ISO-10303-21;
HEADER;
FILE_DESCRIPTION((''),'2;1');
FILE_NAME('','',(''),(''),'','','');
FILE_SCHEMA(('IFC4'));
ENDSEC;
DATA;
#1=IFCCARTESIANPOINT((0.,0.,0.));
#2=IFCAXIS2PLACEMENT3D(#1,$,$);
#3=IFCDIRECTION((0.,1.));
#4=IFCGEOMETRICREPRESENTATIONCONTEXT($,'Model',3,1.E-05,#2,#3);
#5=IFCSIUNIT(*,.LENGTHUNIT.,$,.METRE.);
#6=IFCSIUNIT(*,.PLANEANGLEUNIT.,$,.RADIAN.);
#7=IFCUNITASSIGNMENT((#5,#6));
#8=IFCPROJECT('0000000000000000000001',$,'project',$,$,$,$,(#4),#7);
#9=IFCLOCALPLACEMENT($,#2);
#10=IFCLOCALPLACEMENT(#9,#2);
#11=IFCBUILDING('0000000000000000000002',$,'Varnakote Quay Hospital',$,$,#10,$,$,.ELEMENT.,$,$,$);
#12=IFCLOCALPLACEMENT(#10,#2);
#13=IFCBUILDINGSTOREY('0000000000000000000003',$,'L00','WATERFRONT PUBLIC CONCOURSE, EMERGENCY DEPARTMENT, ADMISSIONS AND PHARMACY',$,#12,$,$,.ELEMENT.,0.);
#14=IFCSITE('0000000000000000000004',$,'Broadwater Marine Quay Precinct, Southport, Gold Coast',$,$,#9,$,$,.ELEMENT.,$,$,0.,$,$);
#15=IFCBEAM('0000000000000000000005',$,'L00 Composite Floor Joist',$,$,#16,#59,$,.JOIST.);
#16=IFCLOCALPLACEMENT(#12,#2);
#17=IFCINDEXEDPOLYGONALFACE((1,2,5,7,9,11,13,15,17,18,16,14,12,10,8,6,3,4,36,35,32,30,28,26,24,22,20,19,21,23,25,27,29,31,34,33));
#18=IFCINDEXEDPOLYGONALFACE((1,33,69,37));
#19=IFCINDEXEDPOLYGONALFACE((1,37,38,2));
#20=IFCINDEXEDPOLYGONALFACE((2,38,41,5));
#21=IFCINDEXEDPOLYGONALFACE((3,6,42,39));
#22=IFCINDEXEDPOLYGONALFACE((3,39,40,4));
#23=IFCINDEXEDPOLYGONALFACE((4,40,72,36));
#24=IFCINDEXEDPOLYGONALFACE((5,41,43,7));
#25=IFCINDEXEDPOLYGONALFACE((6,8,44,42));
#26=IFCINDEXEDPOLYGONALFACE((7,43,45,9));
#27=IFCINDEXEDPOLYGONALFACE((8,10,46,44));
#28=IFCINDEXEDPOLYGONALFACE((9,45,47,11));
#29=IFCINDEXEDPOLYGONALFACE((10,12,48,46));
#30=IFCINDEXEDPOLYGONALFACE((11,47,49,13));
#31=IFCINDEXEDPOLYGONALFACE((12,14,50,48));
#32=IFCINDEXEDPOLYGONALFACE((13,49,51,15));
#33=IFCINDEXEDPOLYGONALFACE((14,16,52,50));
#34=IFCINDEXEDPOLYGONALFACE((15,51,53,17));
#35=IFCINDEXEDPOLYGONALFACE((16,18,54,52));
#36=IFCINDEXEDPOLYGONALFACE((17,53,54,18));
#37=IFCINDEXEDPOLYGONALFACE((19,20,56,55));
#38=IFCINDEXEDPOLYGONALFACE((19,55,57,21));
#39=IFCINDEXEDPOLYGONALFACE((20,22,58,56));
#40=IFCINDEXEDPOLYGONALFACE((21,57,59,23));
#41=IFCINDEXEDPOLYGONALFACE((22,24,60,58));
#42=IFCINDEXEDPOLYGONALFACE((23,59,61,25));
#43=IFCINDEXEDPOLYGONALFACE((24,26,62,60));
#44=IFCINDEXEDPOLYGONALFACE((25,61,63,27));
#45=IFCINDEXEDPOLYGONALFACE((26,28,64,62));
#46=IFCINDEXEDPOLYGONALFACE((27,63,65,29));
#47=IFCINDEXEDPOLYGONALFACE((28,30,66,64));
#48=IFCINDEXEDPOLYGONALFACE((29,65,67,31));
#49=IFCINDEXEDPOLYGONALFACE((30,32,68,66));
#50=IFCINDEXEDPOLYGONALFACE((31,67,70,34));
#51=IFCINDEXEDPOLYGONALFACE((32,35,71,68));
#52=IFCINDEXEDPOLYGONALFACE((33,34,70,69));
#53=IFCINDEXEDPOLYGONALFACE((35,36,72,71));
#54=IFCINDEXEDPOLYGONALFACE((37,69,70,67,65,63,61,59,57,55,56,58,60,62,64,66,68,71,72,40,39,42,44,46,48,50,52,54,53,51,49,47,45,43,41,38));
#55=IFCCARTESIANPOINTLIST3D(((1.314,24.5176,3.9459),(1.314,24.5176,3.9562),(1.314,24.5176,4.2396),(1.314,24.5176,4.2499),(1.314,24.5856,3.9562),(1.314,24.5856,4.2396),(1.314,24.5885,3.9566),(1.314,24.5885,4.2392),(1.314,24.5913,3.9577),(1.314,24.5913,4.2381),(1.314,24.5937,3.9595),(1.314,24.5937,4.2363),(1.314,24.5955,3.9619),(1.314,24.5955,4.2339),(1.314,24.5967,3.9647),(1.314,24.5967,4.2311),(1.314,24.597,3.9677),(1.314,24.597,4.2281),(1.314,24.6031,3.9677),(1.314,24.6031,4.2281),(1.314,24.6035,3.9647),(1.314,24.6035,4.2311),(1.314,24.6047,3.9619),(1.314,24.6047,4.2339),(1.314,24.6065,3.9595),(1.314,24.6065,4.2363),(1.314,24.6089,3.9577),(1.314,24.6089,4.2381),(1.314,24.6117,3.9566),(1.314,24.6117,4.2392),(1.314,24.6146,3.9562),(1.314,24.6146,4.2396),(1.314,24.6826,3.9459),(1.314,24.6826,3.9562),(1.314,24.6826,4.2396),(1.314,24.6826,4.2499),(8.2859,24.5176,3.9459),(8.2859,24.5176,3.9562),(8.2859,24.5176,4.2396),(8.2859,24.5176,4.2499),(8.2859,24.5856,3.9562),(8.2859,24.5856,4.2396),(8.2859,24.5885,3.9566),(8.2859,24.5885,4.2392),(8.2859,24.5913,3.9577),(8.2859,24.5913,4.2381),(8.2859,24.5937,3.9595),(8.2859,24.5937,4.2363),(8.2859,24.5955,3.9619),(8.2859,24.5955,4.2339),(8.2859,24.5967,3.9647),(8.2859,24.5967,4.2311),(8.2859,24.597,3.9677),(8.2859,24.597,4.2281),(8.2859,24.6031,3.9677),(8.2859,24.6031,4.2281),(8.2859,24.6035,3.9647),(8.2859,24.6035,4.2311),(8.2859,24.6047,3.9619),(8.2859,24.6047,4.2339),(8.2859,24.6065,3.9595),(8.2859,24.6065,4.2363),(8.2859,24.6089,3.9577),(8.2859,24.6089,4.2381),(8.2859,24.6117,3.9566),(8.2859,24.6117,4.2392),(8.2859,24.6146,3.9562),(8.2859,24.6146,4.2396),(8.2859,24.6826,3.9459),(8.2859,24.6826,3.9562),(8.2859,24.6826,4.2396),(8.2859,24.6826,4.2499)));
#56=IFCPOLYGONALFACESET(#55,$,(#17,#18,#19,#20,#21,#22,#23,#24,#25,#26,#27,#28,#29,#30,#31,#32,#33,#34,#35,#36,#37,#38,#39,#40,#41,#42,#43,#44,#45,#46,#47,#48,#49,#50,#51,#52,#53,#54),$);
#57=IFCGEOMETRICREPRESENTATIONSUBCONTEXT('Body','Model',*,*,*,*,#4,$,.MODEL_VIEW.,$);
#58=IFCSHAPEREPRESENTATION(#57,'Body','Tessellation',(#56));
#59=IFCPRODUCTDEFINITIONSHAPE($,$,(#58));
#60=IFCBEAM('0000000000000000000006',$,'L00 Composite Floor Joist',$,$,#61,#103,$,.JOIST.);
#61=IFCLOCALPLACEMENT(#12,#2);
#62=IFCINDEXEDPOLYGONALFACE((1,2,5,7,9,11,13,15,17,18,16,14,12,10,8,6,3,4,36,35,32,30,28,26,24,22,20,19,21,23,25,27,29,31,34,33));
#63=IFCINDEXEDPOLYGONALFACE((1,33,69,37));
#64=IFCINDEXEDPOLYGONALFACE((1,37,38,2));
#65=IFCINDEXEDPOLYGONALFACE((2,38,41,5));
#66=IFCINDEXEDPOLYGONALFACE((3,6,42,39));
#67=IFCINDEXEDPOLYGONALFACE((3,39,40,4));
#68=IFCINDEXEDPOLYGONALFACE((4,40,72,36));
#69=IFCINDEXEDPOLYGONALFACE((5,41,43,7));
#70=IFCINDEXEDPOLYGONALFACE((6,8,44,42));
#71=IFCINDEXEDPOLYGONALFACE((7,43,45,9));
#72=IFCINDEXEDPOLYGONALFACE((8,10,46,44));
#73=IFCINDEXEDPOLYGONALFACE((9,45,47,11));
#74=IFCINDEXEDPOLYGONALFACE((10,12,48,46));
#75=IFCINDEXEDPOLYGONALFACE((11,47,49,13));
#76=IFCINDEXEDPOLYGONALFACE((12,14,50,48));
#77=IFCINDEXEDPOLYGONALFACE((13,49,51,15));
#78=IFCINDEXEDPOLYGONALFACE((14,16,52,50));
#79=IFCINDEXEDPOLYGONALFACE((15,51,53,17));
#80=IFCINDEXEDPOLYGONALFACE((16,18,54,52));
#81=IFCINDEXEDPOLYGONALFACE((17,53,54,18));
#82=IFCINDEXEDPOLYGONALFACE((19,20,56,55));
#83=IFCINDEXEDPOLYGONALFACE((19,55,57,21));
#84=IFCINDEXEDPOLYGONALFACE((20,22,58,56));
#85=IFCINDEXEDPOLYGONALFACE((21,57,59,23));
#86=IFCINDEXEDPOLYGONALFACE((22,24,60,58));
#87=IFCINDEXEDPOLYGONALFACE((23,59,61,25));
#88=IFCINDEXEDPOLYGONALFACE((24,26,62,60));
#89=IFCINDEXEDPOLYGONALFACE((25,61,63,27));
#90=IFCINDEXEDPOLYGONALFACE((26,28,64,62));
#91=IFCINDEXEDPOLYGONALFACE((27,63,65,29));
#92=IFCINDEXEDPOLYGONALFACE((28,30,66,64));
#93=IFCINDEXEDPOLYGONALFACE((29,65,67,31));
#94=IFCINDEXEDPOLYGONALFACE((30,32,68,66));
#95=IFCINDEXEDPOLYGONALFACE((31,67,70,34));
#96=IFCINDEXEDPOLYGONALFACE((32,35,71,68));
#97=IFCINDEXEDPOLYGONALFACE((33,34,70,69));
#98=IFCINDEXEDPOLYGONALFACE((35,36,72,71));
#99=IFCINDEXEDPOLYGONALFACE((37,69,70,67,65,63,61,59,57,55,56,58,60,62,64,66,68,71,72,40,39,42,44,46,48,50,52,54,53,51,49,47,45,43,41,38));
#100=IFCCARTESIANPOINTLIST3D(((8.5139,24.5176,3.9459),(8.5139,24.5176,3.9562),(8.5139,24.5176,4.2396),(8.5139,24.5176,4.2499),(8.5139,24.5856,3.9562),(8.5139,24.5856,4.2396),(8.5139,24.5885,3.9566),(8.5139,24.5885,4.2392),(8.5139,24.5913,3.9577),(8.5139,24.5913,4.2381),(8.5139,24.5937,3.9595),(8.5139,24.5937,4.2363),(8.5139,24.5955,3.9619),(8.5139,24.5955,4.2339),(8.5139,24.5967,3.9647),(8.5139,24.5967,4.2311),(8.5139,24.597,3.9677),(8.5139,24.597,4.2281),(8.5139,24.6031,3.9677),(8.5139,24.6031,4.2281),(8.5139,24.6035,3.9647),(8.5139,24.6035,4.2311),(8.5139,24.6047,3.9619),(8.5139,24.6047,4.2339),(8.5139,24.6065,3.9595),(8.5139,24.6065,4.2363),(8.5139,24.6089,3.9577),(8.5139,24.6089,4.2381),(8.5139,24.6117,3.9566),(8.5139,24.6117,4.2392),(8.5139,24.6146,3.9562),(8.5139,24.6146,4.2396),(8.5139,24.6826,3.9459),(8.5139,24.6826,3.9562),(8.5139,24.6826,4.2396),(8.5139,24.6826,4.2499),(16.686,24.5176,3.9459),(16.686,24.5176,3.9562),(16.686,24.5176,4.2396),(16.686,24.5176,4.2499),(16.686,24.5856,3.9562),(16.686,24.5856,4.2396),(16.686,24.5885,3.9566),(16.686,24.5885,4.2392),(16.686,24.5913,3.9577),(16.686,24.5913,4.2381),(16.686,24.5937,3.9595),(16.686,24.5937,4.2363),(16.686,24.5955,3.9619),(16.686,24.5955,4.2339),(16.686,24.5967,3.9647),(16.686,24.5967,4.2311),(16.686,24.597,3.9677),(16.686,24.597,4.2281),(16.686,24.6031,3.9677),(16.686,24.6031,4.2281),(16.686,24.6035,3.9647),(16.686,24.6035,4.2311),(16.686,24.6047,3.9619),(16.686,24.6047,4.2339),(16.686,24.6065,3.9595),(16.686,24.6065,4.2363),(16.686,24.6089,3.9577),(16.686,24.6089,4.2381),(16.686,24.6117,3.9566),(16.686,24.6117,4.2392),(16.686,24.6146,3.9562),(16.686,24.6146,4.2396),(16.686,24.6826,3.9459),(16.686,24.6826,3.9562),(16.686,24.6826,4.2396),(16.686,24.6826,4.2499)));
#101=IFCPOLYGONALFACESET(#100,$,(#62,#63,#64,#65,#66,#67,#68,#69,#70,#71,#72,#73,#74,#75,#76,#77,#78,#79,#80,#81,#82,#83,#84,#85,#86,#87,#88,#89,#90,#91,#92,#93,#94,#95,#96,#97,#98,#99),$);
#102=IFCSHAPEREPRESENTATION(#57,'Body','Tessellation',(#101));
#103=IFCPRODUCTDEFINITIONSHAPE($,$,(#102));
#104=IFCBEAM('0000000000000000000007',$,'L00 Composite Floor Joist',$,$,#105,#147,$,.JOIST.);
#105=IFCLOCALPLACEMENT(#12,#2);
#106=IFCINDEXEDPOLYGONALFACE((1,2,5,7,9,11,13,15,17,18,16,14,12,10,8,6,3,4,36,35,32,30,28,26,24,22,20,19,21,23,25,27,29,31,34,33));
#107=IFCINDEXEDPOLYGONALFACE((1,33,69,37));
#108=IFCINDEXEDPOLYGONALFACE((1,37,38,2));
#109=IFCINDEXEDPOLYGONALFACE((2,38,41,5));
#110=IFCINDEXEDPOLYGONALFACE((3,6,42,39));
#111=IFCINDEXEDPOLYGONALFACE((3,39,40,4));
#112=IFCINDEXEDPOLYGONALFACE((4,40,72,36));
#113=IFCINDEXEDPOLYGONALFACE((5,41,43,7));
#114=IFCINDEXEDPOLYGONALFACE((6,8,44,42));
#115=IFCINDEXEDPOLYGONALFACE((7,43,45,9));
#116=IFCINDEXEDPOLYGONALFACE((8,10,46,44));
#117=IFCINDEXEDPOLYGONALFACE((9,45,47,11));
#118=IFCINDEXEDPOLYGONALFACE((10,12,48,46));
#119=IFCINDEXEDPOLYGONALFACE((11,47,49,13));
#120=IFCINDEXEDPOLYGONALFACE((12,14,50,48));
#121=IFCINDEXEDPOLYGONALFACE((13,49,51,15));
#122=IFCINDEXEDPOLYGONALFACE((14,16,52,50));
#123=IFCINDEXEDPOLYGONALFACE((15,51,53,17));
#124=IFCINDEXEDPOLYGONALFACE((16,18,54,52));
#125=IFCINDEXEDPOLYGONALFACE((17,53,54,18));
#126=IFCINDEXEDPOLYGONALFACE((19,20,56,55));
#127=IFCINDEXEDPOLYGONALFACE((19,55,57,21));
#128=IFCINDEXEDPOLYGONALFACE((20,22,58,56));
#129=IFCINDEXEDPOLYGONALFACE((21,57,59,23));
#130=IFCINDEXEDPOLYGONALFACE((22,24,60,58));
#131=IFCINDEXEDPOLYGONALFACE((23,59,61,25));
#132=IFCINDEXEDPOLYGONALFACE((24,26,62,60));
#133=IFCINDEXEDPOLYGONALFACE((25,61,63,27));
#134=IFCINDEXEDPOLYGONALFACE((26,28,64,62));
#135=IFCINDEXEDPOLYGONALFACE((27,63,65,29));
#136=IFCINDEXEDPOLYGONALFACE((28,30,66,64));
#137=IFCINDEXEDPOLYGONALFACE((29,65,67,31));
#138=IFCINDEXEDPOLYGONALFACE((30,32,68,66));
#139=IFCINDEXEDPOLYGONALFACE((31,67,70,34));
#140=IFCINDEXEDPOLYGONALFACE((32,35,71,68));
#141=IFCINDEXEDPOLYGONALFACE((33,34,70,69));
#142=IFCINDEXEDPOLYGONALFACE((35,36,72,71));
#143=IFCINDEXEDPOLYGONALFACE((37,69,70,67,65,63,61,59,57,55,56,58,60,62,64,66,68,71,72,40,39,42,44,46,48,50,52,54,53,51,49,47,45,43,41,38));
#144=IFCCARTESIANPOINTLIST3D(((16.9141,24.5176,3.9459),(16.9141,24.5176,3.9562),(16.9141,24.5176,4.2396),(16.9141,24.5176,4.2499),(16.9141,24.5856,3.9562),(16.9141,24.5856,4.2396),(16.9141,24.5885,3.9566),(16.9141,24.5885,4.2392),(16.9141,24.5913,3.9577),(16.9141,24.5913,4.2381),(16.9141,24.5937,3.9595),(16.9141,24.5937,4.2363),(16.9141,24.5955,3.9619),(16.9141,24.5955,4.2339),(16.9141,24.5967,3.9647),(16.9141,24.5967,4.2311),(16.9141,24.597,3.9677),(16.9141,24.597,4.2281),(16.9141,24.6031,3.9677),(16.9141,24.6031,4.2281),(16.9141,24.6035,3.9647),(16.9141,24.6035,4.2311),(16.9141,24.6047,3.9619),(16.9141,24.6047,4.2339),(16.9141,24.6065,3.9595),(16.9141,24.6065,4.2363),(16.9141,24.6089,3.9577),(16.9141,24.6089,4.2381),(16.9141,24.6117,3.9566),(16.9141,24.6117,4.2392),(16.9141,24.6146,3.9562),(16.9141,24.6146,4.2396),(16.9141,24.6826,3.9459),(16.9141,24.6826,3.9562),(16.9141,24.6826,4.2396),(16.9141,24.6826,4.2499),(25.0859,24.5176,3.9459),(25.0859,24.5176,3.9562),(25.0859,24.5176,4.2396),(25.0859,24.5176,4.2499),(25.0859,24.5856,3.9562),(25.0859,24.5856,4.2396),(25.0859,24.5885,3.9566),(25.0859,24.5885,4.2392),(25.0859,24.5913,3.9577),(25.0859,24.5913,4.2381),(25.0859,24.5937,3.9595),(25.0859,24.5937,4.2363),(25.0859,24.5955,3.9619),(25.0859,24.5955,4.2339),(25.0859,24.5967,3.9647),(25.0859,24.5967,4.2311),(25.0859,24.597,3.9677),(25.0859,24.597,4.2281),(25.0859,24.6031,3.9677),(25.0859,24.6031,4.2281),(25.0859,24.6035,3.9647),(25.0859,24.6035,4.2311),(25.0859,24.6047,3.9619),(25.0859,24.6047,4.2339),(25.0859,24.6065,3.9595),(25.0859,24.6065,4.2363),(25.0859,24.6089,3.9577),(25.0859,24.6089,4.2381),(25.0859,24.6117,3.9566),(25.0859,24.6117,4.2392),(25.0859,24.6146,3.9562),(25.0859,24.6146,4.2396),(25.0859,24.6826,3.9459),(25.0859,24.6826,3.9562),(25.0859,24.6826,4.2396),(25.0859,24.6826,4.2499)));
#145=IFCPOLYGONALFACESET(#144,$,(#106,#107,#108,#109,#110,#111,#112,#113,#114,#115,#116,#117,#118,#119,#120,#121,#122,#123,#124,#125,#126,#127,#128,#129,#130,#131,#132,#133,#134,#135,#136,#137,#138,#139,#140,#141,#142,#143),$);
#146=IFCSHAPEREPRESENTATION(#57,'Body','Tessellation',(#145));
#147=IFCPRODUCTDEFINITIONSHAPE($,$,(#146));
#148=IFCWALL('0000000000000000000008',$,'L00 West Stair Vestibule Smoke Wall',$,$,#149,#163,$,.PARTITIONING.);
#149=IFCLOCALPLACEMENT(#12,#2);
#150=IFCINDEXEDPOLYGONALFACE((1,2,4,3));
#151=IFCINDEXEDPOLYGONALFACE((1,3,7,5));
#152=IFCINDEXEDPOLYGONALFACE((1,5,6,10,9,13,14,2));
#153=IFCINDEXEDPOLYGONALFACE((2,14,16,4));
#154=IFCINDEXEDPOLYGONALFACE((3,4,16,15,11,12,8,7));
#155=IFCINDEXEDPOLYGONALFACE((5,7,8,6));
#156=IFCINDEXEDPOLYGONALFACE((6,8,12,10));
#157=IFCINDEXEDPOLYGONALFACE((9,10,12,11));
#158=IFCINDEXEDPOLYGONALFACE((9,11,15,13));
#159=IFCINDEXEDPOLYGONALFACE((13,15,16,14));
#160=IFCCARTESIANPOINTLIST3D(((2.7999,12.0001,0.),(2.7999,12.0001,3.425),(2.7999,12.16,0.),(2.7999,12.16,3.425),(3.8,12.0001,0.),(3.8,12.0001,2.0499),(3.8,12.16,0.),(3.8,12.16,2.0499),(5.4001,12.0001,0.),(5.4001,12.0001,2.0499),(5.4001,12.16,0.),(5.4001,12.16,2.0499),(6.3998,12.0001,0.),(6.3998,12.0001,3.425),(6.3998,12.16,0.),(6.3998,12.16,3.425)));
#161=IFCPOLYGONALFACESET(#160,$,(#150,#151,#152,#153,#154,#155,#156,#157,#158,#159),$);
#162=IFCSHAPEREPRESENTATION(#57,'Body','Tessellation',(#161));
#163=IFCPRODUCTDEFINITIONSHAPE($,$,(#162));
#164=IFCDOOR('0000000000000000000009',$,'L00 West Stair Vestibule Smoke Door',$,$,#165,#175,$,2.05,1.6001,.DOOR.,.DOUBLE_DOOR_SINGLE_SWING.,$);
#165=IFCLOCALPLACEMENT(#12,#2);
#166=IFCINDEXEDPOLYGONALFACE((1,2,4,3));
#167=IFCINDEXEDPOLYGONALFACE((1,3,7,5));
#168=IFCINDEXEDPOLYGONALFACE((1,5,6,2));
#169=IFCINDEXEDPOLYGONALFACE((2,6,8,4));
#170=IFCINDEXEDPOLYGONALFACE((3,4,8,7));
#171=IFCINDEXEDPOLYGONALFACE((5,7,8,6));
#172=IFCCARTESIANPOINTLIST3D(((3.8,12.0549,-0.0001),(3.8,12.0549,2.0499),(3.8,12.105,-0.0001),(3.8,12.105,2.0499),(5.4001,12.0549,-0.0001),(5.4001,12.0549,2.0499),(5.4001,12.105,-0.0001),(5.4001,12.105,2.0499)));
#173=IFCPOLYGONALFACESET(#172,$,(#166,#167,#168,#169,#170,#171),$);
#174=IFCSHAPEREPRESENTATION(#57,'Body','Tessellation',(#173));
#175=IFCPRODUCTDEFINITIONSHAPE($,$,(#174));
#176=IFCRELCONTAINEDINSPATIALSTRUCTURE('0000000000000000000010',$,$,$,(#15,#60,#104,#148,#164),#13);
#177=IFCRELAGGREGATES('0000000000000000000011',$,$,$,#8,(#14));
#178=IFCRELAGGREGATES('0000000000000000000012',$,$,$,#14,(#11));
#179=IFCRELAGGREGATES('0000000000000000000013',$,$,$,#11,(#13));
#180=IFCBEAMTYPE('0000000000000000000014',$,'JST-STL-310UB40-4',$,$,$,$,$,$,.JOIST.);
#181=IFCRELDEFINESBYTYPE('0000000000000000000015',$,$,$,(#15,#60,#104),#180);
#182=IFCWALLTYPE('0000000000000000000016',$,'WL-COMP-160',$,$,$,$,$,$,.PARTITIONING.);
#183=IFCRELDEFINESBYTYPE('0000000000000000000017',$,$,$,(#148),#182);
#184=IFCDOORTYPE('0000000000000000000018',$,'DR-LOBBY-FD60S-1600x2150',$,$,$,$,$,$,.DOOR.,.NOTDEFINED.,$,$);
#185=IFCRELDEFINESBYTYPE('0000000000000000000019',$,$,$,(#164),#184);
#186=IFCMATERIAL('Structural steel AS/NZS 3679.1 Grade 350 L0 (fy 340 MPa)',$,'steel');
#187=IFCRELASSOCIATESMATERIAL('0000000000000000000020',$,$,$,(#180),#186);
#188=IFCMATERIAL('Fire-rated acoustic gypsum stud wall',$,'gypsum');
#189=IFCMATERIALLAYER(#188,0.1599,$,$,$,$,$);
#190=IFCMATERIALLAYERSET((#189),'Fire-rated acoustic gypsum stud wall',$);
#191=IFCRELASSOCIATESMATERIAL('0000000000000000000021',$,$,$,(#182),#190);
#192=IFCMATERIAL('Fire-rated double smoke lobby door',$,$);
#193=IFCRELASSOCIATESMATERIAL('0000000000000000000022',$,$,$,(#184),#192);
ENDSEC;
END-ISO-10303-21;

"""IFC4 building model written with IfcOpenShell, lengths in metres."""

from ifc_helpers import new_model, si_unit, direction, frame, frame_2d, origin, origin_2d, place, context, subcontext, project, spatial, rectangle, i_section, extrude, material, layer, layer_set, material_profile, profile_set, type_object, element, fill, save


model = new_model("IFC4")

# Units and contexts
model_context = context("Model", 3, precision=1e-05, world=origin(), true_north=direction((0.0, 1.0)))
body_context = subcontext(model_context, "Body", "Model", "MODEL_VIEW")
ifc_project = project(units=[si_unit("LENGTHUNIT", "METRE"), si_unit("PLANEANGLEUNIT", "RADIAN")], contexts=[model_context])

# Site, building, storey
site_placement = place(None, origin())
site = spatial("IfcSite", under=ifc_project, at=site_placement, Name="Broadwater Marine Quay Precinct, Southport, Gold Coast", CompositionType="ELEMENT", RefElevation=0.0)
building_placement = place(site_placement, origin())
building = spatial("IfcBuilding", under=site, at=building_placement, Name="Varnakote Quay Hospital", CompositionType="ELEMENT")
storey_placement = place(building_placement, origin())
storey = spatial("IfcBuildingStorey", under=building, at=storey_placement, Name="L00", Description="WATERFRONT PUBLIC CONCOURSE, EMERGENCY DEPARTMENT, ADMISSIONS AND PHARMACY", CompositionType="ELEMENT", Elevation=0.0)

# Beams
ifc_material_1 = material(Name="Structural steel AS/NZS 3679.1 Grade 350 L0 (fy 340 MPa)", Category="steel")
ifc_material_profile_1 = material_profile(ifc_material_1, i_section(OverallWidth=0.165, OverallDepth=0.304, WebThickness=0.0061, FlangeThickness=0.0103, FilletRadius=0.0115, at=origin_2d()), Name="310UB40.4")
ifc_profile_set_1 = profile_set([ifc_material_profile_1], Name="Structural steel AS/NZS 3679.1 Grade 350 L0 (fy 340 MPa)")
beam_type_1 = type_object("IfcBeamType", Name="JST-STL-310UB40-4", PredefinedType="JOIST", material=ifc_profile_set_1)
beam_1_placement = place(storey_placement, frame((1.314, 24.6001, 4.0979), z_axis=(1.0, 0.0, 0.0), x_axis=(0.0, 1.0, 0.0)))
element("IfcBeam", 1, at=beam_1_placement, inside=storey, type_object=beam_type_1, Name="L00 Composite Floor Joist", PredefinedType="JOIST", context=body_context, shape_type="SweptSolid", body=[
    extrude(i_section(OverallWidth=0.165, OverallDepth=0.304, WebThickness=0.0061, FlangeThickness=0.0103, FilletRadius=0.0115, at=origin_2d()), origin(), (0.0, 0.0, 1.0), 6.9719),
])
beam_2_placement = place(storey_placement, frame((8.5139, 24.6001, 4.0979), z_axis=(1.0, 0.0, 0.0), x_axis=(0.0, 1.0, 0.0)))
element("IfcBeam", 2, at=beam_2_placement, inside=storey, type_object=beam_type_1, Name="L00 Composite Floor Joist", PredefinedType="JOIST", context=body_context, shape_type="SweptSolid", body=[
    extrude(i_section(OverallWidth=0.165, OverallDepth=0.304, WebThickness=0.0061, FlangeThickness=0.0103, FilletRadius=0.0115, at=origin_2d()), origin(), (0.0, 0.0, 1.0), 8.1721),
])
beam_3_placement = place(storey_placement, frame((16.9141, 24.6001, 4.0979), z_axis=(1.0, 0.0, 0.0), x_axis=(0.0, 1.0, 0.0)))
element("IfcBeam", 3, at=beam_3_placement, inside=storey, type_object=beam_type_1, Name="L00 Composite Floor Joist", PredefinedType="JOIST", context=body_context, shape_type="SweptSolid", body=[
    extrude(i_section(OverallWidth=0.165, OverallDepth=0.304, WebThickness=0.0061, FlangeThickness=0.0103, FilletRadius=0.0115, at=origin_2d()), origin(), (0.0, 0.0, 1.0), 8.1719),
])

# Wall, opening, door
ifc_material_2 = material(Name="Fire-rated acoustic gypsum stud wall", Category="gypsum")
ifc_layer_1 = layer(ifc_material_2, 0.1599)
ifc_layer_set_1 = layer_set([ifc_layer_1], Name="Fire-rated acoustic gypsum stud wall")
wall_type_1 = type_object("IfcWallType", Name="WL-COMP-160", PredefinedType="PARTITIONING", material=ifc_layer_set_1)
wall_1_placement = place(storey_placement, frame((2.8, 12.0801, 0.0), z_axis=(0.0, 0.0, 1.0), x_axis=(1.0, 0.0, 0.0)))
wall_1 = element("IfcWall", 4, at=wall_1_placement, inside=storey, type_object=wall_type_1, Name="L00 West Stair Vestibule Smoke Wall", PredefinedType="PARTITIONING", context=body_context, shape_type="SweptSolid", body=[
    extrude(rectangle(XDim=3.5999, YDim=0.1599, at=frame_2d((1.7998, 0.0))), origin(), (0.0, 0.0, 1.0), 3.425),
])
opening_1_placement = place(wall_1_placement, frame((1.0, 0.0, 0.0)))
opening_1 = element("IfcOpeningElement", 5, at=opening_1_placement, cuts=wall_1, PredefinedType="OPENING", context=body_context, shape_type="SweptSolid", body=[
    extrude(rectangle(XDim=1.6001, YDim=2.05, at=frame_2d((0.8, 1.0249))), frame((0.0, 0.0898, 0.0), z_axis=(0.0, -1.0, 0.0), x_axis=(1.0, 0.0, 0.0)), (0.0, 0.0, 1.0), 0.1799),
])
ifc_material_3 = material(Name="Fire-rated double smoke lobby door")
door_type_1 = type_object("IfcDoorType", Name="DR-LOBBY-FD60S-1600x2150", OperationType="NOTDEFINED", PredefinedType="DOOR", material=ifc_material_3)
door_1_placement = place(opening_1_placement, origin())
door_1 = element("IfcDoor", 6, at=door_1_placement, inside=storey, type_object=door_type_1, Name="L00 West Stair Vestibule Smoke Door", OperationType="DOUBLE_DOOR_SINGLE_SWING", OverallHeight=2.05, OverallWidth=1.6001, PredefinedType="DOOR", context=body_context, shape_type="SweptSolid", body=[
    extrude(rectangle(XDim=1.6001, YDim=2.05, at=frame_2d((0.8, 1.0249))), frame((0.0, 0.0249, 0.0), z_axis=(0.0, -1.0, 0.0), x_axis=(1.0, 0.0, 0.0)), (0.0, 0.0, 1.0), 0.05),
])
fill(opening_1, door_1)

save(model, "model.ifc")
